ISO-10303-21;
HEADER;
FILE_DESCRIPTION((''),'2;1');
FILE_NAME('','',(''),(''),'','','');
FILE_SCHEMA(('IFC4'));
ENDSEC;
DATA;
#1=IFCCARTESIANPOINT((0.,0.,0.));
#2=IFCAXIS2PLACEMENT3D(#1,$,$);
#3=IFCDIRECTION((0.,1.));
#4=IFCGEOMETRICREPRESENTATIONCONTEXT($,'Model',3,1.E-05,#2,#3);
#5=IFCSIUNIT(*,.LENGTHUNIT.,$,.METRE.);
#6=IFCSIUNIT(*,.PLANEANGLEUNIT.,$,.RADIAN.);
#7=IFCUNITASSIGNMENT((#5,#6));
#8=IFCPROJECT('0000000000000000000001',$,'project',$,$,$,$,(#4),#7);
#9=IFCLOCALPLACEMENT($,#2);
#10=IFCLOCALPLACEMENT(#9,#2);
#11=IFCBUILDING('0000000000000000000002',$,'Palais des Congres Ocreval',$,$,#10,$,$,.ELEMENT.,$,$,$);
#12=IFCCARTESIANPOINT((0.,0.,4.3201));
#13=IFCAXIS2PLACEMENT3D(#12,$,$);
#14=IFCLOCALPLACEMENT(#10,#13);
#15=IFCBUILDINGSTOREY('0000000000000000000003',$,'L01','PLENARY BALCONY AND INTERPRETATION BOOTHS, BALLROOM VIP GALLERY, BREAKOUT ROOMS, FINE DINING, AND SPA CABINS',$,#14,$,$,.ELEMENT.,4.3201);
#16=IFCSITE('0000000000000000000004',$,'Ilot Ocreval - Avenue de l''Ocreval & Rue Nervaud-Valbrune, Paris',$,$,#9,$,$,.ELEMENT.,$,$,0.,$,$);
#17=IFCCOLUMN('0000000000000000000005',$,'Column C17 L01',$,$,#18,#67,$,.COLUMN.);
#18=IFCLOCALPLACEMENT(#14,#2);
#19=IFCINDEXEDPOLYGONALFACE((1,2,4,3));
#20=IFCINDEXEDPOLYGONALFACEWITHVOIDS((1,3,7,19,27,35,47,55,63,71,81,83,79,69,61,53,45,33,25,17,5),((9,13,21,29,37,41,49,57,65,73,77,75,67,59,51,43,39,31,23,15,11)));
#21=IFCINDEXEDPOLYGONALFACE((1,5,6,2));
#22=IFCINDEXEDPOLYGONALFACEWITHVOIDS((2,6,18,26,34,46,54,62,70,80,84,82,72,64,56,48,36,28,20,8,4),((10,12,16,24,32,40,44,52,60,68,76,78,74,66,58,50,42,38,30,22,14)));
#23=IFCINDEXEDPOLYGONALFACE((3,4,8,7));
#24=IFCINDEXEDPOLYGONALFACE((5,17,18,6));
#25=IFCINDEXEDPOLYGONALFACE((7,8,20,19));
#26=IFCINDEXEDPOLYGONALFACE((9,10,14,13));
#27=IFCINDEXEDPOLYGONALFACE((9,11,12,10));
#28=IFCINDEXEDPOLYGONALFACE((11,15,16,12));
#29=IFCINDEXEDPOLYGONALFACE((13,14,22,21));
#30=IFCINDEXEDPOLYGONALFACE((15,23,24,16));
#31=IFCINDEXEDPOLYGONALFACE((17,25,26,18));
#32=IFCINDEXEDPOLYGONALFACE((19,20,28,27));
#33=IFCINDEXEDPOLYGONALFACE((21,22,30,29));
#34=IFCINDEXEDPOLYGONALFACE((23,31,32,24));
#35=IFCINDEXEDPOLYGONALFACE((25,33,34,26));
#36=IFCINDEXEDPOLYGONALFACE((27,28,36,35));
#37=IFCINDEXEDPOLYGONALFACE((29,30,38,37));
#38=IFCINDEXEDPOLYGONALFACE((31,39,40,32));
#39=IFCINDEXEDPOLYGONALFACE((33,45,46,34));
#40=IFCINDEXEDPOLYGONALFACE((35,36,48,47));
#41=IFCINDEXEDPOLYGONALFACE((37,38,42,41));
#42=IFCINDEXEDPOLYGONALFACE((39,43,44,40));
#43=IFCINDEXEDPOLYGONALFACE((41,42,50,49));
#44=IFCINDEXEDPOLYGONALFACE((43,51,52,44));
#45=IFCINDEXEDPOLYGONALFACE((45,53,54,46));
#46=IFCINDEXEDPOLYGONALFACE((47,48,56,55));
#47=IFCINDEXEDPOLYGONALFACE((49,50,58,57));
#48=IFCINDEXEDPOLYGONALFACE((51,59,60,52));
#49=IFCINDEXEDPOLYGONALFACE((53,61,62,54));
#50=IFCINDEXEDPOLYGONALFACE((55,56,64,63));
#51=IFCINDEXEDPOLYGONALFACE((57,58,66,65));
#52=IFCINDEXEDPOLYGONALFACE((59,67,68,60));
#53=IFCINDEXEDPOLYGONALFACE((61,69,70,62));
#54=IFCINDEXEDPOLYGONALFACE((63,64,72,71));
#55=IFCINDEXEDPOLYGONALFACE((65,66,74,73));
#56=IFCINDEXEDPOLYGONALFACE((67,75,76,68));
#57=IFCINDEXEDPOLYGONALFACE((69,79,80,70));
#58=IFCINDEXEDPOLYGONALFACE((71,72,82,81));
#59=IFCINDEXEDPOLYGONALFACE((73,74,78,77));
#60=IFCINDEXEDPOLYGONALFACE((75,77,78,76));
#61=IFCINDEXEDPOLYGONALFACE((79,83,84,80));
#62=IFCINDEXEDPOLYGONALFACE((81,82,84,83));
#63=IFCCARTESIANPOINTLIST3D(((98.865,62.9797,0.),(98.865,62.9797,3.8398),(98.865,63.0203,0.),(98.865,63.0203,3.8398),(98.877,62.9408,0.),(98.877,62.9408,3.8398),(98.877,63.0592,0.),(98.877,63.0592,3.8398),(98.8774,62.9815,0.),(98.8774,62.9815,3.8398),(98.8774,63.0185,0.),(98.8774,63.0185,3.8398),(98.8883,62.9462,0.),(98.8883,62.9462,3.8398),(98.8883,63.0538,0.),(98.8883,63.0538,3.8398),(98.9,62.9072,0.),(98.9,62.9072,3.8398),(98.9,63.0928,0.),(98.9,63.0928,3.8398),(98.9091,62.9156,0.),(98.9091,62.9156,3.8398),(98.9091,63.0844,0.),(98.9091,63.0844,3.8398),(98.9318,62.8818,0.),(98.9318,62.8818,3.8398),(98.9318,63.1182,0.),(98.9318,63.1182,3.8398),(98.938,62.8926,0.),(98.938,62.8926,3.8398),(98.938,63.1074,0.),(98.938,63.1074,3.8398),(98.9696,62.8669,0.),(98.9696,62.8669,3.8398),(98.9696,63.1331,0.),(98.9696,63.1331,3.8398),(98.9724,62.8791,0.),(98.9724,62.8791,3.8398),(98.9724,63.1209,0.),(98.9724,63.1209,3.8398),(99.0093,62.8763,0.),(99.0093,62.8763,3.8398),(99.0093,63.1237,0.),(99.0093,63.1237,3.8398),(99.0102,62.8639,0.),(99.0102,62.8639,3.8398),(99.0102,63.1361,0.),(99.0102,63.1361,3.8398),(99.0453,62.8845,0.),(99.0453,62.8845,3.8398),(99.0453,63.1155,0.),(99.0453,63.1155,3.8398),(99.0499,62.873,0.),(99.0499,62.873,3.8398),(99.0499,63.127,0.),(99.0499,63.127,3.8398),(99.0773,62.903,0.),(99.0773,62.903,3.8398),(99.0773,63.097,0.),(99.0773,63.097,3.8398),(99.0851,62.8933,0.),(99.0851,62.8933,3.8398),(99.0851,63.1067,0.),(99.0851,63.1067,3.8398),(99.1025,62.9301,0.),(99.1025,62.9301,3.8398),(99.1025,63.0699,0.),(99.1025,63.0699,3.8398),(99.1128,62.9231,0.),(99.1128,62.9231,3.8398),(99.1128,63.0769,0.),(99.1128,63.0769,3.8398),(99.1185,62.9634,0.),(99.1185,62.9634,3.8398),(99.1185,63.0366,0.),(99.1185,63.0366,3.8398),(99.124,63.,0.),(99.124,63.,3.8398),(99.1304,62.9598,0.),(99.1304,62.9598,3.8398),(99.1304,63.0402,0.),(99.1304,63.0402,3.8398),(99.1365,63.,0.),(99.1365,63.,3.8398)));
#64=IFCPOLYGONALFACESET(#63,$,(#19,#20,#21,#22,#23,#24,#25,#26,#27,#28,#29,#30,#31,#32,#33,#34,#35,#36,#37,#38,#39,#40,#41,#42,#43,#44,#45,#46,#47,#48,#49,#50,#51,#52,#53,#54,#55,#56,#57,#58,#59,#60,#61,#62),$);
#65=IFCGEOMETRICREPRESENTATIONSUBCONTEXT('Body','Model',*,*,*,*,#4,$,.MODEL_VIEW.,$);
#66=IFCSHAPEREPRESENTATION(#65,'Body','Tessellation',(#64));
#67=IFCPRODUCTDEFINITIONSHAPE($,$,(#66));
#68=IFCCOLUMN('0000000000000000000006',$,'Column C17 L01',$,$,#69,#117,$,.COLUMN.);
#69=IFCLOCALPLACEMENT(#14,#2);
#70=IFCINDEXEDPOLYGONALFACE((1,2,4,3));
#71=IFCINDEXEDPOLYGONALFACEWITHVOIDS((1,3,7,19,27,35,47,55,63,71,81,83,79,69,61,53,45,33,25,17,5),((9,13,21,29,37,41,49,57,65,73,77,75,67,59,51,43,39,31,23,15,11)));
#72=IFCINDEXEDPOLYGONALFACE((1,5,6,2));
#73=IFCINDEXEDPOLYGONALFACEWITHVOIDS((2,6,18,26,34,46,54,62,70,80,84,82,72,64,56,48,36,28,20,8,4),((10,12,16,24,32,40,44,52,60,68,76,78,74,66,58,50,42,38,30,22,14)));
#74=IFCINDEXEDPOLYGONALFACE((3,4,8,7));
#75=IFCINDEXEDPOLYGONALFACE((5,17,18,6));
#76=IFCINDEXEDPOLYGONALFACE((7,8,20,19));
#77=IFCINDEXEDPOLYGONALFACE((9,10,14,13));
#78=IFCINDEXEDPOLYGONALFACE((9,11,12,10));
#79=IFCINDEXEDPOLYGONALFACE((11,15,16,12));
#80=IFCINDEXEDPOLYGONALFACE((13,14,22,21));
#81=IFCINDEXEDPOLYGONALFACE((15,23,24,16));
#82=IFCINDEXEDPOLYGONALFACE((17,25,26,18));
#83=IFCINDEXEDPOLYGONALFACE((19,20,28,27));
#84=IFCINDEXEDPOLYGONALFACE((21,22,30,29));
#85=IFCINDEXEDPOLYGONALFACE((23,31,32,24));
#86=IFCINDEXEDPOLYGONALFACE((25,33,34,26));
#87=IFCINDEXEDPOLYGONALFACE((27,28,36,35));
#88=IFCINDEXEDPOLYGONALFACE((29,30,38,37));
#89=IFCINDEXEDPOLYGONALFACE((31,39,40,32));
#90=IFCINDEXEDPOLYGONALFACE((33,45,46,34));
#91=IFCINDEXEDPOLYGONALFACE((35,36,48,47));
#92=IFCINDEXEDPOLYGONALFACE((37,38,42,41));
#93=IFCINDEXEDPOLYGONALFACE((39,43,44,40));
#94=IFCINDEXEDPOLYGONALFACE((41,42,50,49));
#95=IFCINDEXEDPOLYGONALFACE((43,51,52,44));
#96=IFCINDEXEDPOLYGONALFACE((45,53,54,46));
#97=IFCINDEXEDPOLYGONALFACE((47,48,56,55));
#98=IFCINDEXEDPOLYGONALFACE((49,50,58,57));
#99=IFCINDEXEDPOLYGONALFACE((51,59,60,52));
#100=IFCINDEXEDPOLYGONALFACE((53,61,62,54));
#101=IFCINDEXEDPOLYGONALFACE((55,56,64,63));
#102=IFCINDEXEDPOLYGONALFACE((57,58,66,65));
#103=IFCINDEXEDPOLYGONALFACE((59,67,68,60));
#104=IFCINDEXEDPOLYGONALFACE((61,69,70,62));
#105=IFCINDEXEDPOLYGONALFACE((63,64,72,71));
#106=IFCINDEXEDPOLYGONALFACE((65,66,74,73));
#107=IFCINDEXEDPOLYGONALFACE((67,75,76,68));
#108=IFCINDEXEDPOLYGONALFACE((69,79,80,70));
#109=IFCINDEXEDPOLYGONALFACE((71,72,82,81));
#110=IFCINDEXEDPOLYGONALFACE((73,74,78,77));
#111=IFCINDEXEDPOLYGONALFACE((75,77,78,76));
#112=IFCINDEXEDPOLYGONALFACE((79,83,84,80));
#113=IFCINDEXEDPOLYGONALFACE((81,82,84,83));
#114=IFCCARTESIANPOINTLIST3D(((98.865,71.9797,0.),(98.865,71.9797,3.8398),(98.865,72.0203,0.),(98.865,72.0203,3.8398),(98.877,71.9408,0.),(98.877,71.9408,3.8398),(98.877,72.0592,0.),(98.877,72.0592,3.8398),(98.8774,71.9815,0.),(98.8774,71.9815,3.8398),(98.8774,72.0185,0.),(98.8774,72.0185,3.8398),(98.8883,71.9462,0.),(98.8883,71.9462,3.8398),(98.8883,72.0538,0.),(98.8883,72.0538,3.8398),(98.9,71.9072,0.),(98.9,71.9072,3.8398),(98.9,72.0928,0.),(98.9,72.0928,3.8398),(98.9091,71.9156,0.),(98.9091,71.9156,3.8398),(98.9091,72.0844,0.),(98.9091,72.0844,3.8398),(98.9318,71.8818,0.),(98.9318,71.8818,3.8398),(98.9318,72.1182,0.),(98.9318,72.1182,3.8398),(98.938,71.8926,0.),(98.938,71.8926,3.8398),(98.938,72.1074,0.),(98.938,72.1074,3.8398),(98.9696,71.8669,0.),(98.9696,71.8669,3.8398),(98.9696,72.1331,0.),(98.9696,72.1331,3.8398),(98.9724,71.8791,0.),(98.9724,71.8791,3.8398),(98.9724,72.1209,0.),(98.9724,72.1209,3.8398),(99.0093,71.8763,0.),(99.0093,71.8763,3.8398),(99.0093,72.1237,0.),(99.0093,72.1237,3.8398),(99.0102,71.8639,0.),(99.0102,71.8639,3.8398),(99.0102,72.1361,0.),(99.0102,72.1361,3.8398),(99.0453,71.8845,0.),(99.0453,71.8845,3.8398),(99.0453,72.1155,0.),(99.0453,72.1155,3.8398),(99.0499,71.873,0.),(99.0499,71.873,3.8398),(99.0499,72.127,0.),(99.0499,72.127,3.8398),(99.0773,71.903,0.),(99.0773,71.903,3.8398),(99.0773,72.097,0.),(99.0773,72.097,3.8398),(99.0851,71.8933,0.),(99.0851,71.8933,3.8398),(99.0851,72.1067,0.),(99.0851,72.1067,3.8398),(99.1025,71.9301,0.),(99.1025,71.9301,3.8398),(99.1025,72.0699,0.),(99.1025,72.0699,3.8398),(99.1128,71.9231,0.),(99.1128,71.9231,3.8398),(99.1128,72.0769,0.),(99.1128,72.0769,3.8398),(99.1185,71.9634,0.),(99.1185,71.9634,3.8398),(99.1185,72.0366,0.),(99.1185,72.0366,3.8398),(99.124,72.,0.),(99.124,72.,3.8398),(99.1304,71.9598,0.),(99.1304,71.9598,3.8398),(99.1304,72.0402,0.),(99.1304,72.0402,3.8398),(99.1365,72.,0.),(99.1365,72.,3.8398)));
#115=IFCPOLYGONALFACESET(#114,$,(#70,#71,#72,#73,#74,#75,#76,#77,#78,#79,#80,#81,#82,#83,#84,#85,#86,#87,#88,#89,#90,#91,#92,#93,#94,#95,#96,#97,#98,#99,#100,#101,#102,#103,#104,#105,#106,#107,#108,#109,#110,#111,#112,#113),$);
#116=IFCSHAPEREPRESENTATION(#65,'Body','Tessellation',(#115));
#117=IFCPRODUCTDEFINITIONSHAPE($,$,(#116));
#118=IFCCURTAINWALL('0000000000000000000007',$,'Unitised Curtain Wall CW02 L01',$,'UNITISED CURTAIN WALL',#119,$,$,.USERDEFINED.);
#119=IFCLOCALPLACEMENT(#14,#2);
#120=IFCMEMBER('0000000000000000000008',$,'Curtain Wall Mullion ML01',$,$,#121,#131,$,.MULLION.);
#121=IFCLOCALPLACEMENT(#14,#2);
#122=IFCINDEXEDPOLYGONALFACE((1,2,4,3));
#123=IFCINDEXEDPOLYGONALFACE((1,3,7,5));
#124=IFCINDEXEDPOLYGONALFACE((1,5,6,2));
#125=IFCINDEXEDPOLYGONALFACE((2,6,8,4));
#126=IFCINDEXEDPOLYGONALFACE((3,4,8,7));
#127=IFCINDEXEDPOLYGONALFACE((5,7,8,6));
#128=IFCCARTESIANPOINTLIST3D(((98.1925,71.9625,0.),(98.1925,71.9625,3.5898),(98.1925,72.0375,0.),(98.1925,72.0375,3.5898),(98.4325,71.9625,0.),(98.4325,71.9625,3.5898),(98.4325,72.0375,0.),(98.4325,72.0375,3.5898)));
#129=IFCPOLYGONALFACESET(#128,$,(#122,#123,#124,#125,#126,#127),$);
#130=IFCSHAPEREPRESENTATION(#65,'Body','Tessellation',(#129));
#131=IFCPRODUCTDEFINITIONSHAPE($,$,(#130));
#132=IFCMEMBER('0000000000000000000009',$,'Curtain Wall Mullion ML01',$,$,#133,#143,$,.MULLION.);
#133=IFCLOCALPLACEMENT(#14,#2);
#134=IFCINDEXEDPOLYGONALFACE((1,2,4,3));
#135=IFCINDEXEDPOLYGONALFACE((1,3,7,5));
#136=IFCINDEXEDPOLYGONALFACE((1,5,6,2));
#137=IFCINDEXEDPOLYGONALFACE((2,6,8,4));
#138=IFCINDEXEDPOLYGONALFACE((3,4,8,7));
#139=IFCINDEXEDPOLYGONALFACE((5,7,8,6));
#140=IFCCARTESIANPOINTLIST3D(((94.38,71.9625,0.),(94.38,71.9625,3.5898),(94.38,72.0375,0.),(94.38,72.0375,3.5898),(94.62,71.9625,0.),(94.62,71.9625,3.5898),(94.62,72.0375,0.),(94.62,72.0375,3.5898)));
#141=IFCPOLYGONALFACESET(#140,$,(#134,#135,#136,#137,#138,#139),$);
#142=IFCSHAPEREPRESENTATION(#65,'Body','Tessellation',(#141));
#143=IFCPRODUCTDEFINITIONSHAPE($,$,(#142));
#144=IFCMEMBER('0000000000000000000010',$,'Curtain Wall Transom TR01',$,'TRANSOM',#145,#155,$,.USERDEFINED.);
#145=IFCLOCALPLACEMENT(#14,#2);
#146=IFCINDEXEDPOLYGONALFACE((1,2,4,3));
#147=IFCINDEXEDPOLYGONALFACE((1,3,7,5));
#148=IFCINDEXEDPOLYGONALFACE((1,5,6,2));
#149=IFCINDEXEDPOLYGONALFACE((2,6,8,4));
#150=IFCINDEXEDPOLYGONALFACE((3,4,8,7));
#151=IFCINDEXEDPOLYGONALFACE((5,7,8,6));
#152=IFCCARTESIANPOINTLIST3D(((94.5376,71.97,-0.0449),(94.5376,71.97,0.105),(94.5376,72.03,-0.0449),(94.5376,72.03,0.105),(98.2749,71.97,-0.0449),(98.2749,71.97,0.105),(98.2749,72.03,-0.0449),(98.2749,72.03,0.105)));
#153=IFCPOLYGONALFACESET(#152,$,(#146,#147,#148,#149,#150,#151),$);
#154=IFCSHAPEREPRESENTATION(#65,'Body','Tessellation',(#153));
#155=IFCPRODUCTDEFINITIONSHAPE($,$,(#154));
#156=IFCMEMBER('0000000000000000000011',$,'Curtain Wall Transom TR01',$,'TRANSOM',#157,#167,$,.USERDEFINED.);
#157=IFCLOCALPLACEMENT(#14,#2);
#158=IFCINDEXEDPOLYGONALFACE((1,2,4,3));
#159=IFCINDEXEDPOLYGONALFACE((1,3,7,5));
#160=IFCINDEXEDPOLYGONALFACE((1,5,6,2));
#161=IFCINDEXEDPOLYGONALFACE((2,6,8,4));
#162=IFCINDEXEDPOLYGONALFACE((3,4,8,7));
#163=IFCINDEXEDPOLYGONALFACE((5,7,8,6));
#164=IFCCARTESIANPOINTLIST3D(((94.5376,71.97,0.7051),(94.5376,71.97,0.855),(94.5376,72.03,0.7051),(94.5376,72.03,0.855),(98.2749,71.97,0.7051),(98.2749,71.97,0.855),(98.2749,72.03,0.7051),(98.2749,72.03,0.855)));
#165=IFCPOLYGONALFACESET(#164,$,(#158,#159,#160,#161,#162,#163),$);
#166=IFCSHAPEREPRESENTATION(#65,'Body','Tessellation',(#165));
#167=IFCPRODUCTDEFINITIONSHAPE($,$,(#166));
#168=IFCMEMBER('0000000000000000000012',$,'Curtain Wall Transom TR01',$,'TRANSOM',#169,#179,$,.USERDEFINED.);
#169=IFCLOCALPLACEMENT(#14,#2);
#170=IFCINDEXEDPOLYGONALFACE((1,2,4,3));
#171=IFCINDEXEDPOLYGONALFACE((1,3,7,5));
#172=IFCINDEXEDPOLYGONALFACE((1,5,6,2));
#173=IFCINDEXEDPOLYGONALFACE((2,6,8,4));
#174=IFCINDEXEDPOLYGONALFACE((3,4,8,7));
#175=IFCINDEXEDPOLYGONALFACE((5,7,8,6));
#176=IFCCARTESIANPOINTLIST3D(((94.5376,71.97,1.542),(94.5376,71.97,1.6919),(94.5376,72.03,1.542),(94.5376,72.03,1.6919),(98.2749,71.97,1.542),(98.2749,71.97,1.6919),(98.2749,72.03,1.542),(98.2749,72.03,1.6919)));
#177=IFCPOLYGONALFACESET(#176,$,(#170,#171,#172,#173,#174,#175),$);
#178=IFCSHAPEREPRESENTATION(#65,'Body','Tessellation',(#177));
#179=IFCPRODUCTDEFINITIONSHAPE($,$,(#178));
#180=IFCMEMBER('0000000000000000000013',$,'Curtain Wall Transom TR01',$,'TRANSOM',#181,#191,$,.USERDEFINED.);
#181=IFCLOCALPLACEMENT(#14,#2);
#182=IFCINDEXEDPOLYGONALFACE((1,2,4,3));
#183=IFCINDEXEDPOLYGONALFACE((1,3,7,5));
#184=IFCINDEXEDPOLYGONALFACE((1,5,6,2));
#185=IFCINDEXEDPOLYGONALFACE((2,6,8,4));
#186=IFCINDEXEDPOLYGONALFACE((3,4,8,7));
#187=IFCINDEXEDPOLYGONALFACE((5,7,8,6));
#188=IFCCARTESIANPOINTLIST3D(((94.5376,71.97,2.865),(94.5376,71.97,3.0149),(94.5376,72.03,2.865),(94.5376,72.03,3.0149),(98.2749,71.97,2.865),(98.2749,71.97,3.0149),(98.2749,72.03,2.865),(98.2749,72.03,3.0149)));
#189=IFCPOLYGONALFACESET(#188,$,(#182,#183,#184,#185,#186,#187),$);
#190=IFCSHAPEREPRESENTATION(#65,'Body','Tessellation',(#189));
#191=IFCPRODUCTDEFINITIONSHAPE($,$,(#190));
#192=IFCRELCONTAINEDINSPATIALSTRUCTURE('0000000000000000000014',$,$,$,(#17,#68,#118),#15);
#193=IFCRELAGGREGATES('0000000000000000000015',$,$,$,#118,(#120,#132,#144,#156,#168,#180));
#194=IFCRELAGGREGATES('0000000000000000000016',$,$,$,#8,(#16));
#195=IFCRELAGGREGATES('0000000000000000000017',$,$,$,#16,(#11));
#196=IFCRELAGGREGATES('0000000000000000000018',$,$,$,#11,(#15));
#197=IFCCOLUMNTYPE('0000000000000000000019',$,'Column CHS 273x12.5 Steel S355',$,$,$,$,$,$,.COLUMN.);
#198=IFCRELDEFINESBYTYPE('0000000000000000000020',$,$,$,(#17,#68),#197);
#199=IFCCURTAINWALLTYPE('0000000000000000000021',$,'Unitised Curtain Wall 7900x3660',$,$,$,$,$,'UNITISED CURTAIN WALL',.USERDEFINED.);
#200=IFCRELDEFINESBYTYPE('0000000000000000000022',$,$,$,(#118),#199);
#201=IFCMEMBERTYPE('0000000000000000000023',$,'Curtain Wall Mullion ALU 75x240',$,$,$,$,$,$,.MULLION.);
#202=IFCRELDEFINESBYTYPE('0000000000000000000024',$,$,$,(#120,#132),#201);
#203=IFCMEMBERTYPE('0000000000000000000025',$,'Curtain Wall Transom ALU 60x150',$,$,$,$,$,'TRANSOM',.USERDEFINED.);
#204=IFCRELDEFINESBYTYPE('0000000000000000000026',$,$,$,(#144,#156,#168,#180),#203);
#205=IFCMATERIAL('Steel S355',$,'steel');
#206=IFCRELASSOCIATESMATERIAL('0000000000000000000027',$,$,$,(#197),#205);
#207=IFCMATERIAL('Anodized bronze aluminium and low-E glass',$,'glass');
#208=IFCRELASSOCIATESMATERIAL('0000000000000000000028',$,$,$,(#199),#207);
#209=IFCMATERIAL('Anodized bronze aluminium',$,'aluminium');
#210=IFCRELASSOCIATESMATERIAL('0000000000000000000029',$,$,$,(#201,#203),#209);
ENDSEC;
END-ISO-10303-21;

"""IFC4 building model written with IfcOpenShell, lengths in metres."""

from ifc_helpers import new_model, si_unit, direction, frame, origin, origin_2d, place, context, subcontext, project, spatial, rectangle, hollow_circle, extrude, material, material_profile, profile_set, type_object, element, aggregate, save


model = new_model("IFC4")

# Units and contexts
model_context = context("Model", 3, precision=1e-05, world=origin(), true_north=direction((0.0, 1.0)))
body_context = subcontext(model_context, "Body", "Model", "MODEL_VIEW")
ifc_project = project(units=[si_unit("LENGTHUNIT", "METRE"), si_unit("PLANEANGLEUNIT", "RADIAN")], contexts=[model_context])

# Site, building, storey
site_placement = place(None, origin())
site = spatial("IfcSite", under=ifc_project, at=site_placement, Name="Ilot Ocreval - Avenue de l'Ocreval & Rue Nervaud-Valbrune, Paris", CompositionType="ELEMENT", RefElevation=0.0)
building_placement = place(site_placement, origin())
building = spatial("IfcBuilding", under=site, at=building_placement, Name="Palais des Congres Ocreval", CompositionType="ELEMENT")
storey_placement = place(building_placement, frame((0.0, 0.0, 4.3201)))
storey = spatial("IfcBuildingStorey", under=building, at=storey_placement, Name="L01", Description="PLENARY BALCONY AND INTERPRETATION BOOTHS, BALLROOM VIP GALLERY, BREAKOUT ROOMS, FINE DINING, AND SPA CABINS", CompositionType="ELEMENT", Elevation=4.3201)

# Columns
ifc_material_1 = material(Name="Steel S355", Category="steel")
ifc_material_profile_1 = material_profile(ifc_material_1, hollow_circle(Radius=0.1365, WallThickness=0.0125, at=origin_2d()), Name="CHS 273x12.5")
ifc_profile_set_1 = profile_set([ifc_material_profile_1], Name="Steel S355")
column_type = type_object("IfcColumnType", Name="Column CHS 273x12.5 Steel S355", PredefinedType="COLUMN", material=ifc_profile_set_1)
for number, where, z_axis, x_axis, name in (
    (1, (99.0, 63.0, 0.0), (0.0, 0.0, 1.0), (1.0, 0.0, 0.0), "Column C17 L01"),
    (2, (99.0, 72.0, 0.0), (0.0, 0.0, 1.0), (1.0, 0.0, 0.0), "Column C17 L01"),
):
    element("IfcColumn", number, at=place(storey_placement, frame(where, z_axis=z_axis, x_axis=x_axis)), inside=storey, type_object=column_type, Name=name, PredefinedType="COLUMN", context=body_context, shape_type="SweptSolid", body=[
        extrude(hollow_circle(Radius=0.1365, WallThickness=0.0125, at=origin_2d()), origin(), (0.0, 0.0, 1.0), 3.8398),
    ])

# Curtain wall, members
ifc_material_2 = material(Name="Anodized bronze aluminium and low-E glass", Category="glass")
curtain_wall_type = type_object("IfcCurtainWallType", Name="Unitised Curtain Wall 7900x3660", ElementType="UNITISED CURTAIN WALL", PredefinedType="USERDEFINED", material=ifc_material_2)
curtain_wall_placement = place(storey_placement, origin())
curtain_wall = element("IfcCurtainWall", 3, at=curtain_wall_placement, inside=storey, type_object=curtain_wall_type, Name="Unitised Curtain Wall CW02 L01", ObjectType="UNITISED CURTAIN WALL", PredefinedType="USERDEFINED")
ifc_material_3 = material(Name="Anodized bronze aluminium", Category="aluminium")
ifc_material_profile_2 = material_profile(ifc_material_3, rectangle(XDim=0.075, YDim=0.24, at=origin_2d()), Name="ALU 75x240")
ifc_profile_set_2 = profile_set([ifc_material_profile_2], Name="Anodized bronze aluminium")
member_type_1 = type_object("IfcMemberType", Name="Curtain Wall Mullion ALU 75x240", PredefinedType="MULLION", material=ifc_profile_set_2)
member_1_placement = place(storey_placement, frame((98.3125, 72.0, 0.0), z_axis=(0.0, 0.0, 1.0), x_axis=(0.0, -1.0, 0.0)))
member_1 = element("IfcMember", 4, at=member_1_placement, type_object=member_type_1, Name="Curtain Wall Mullion ML01", PredefinedType="MULLION", context=body_context, shape_type="SweptSolid", body=[
    extrude(rectangle(XDim=0.075, YDim=0.24, at=origin_2d()), origin(), (0.0, 0.0, 1.0), 3.5898),
])
member_2_placement = place(storey_placement, frame((94.5, 72.0, 0.0), z_axis=(0.0, 0.0, 1.0), x_axis=(0.0, -1.0, 0.0)))
member_2 = element("IfcMember", 5, at=member_2_placement, type_object=member_type_1, Name="Curtain Wall Mullion ML01", PredefinedType="MULLION", context=body_context, shape_type="SweptSolid", body=[
    extrude(rectangle(XDim=0.075, YDim=0.24, at=origin_2d()), origin(), (0.0, 0.0, 1.0), 3.5898),
])
ifc_material_profile_3 = material_profile(ifc_material_3, rectangle(XDim=0.0601, YDim=0.1499, at=origin_2d()), Name="ALU 60x150")
ifc_profile_set_3 = profile_set([ifc_material_profile_3], Name="Anodized bronze aluminium")
member_type_2 = type_object("IfcMemberType", Name="Curtain Wall Transom ALU 60x150", ElementType="TRANSOM", PredefinedType="USERDEFINED", material=ifc_profile_set_3)
member_3_placement = place(storey_placement, frame((98.2749, 72.0, 0.03), z_axis=(-1.0, 0.0, 0.0), x_axis=(0.0, -1.0, 0.0)))
member_3 = element("IfcMember", 6, at=member_3_placement, type_object=member_type_2, Name="Curtain Wall Transom TR01", ObjectType="TRANSOM", PredefinedType="USERDEFINED", context=body_context, shape_type="SweptSolid", body=[
    extrude(rectangle(XDim=0.0601, YDim=0.1499, at=origin_2d()), origin(), (0.0, 0.0, 1.0), 3.7373),
])
member_4_placement = place(storey_placement, frame((98.2749, 72.0, 0.78), z_axis=(-1.0, 0.0, 0.0), x_axis=(0.0, -1.0, 0.0)))
member_4 = element("IfcMember", 7, at=member_4_placement, type_object=member_type_2, Name="Curtain Wall Transom TR01", ObjectType="TRANSOM", PredefinedType="USERDEFINED", context=body_context, shape_type="SweptSolid", body=[
    extrude(rectangle(XDim=0.0601, YDim=0.1499, at=origin_2d()), origin(), (0.0, 0.0, 1.0), 3.7373),
])
member_5_placement = place(storey_placement, frame((98.2749, 72.0, 1.6169), z_axis=(-1.0, 0.0, 0.0), x_axis=(0.0, -1.0, 0.0)))
member_5 = element("IfcMember", 8, at=member_5_placement, type_object=member_type_2, Name="Curtain Wall Transom TR01", ObjectType="TRANSOM", PredefinedType="USERDEFINED", context=body_context, shape_type="SweptSolid", body=[
    extrude(rectangle(XDim=0.0601, YDim=0.1499, at=origin_2d()), origin(), (0.0, 0.0, 1.0), 3.7373),
])
member_6_placement = place(storey_placement, frame((98.2749, 72.0, 2.9399), z_axis=(-1.0, 0.0, 0.0), x_axis=(0.0, -1.0, 0.0)))
member_6 = element("IfcMember", 9, at=member_6_placement, type_object=member_type_2, Name="Curtain Wall Transom TR01", ObjectType="TRANSOM", PredefinedType="USERDEFINED", context=body_context, shape_type="SweptSolid", body=[
    extrude(rectangle(XDim=0.0601, YDim=0.1499, at=origin_2d()), origin(), (0.0, 0.0, 1.0), 3.7373),
])

aggregate(curtain_wall, [member_1, member_2, member_3, member_4, member_5, member_6])

save(model, "model.ifc")
